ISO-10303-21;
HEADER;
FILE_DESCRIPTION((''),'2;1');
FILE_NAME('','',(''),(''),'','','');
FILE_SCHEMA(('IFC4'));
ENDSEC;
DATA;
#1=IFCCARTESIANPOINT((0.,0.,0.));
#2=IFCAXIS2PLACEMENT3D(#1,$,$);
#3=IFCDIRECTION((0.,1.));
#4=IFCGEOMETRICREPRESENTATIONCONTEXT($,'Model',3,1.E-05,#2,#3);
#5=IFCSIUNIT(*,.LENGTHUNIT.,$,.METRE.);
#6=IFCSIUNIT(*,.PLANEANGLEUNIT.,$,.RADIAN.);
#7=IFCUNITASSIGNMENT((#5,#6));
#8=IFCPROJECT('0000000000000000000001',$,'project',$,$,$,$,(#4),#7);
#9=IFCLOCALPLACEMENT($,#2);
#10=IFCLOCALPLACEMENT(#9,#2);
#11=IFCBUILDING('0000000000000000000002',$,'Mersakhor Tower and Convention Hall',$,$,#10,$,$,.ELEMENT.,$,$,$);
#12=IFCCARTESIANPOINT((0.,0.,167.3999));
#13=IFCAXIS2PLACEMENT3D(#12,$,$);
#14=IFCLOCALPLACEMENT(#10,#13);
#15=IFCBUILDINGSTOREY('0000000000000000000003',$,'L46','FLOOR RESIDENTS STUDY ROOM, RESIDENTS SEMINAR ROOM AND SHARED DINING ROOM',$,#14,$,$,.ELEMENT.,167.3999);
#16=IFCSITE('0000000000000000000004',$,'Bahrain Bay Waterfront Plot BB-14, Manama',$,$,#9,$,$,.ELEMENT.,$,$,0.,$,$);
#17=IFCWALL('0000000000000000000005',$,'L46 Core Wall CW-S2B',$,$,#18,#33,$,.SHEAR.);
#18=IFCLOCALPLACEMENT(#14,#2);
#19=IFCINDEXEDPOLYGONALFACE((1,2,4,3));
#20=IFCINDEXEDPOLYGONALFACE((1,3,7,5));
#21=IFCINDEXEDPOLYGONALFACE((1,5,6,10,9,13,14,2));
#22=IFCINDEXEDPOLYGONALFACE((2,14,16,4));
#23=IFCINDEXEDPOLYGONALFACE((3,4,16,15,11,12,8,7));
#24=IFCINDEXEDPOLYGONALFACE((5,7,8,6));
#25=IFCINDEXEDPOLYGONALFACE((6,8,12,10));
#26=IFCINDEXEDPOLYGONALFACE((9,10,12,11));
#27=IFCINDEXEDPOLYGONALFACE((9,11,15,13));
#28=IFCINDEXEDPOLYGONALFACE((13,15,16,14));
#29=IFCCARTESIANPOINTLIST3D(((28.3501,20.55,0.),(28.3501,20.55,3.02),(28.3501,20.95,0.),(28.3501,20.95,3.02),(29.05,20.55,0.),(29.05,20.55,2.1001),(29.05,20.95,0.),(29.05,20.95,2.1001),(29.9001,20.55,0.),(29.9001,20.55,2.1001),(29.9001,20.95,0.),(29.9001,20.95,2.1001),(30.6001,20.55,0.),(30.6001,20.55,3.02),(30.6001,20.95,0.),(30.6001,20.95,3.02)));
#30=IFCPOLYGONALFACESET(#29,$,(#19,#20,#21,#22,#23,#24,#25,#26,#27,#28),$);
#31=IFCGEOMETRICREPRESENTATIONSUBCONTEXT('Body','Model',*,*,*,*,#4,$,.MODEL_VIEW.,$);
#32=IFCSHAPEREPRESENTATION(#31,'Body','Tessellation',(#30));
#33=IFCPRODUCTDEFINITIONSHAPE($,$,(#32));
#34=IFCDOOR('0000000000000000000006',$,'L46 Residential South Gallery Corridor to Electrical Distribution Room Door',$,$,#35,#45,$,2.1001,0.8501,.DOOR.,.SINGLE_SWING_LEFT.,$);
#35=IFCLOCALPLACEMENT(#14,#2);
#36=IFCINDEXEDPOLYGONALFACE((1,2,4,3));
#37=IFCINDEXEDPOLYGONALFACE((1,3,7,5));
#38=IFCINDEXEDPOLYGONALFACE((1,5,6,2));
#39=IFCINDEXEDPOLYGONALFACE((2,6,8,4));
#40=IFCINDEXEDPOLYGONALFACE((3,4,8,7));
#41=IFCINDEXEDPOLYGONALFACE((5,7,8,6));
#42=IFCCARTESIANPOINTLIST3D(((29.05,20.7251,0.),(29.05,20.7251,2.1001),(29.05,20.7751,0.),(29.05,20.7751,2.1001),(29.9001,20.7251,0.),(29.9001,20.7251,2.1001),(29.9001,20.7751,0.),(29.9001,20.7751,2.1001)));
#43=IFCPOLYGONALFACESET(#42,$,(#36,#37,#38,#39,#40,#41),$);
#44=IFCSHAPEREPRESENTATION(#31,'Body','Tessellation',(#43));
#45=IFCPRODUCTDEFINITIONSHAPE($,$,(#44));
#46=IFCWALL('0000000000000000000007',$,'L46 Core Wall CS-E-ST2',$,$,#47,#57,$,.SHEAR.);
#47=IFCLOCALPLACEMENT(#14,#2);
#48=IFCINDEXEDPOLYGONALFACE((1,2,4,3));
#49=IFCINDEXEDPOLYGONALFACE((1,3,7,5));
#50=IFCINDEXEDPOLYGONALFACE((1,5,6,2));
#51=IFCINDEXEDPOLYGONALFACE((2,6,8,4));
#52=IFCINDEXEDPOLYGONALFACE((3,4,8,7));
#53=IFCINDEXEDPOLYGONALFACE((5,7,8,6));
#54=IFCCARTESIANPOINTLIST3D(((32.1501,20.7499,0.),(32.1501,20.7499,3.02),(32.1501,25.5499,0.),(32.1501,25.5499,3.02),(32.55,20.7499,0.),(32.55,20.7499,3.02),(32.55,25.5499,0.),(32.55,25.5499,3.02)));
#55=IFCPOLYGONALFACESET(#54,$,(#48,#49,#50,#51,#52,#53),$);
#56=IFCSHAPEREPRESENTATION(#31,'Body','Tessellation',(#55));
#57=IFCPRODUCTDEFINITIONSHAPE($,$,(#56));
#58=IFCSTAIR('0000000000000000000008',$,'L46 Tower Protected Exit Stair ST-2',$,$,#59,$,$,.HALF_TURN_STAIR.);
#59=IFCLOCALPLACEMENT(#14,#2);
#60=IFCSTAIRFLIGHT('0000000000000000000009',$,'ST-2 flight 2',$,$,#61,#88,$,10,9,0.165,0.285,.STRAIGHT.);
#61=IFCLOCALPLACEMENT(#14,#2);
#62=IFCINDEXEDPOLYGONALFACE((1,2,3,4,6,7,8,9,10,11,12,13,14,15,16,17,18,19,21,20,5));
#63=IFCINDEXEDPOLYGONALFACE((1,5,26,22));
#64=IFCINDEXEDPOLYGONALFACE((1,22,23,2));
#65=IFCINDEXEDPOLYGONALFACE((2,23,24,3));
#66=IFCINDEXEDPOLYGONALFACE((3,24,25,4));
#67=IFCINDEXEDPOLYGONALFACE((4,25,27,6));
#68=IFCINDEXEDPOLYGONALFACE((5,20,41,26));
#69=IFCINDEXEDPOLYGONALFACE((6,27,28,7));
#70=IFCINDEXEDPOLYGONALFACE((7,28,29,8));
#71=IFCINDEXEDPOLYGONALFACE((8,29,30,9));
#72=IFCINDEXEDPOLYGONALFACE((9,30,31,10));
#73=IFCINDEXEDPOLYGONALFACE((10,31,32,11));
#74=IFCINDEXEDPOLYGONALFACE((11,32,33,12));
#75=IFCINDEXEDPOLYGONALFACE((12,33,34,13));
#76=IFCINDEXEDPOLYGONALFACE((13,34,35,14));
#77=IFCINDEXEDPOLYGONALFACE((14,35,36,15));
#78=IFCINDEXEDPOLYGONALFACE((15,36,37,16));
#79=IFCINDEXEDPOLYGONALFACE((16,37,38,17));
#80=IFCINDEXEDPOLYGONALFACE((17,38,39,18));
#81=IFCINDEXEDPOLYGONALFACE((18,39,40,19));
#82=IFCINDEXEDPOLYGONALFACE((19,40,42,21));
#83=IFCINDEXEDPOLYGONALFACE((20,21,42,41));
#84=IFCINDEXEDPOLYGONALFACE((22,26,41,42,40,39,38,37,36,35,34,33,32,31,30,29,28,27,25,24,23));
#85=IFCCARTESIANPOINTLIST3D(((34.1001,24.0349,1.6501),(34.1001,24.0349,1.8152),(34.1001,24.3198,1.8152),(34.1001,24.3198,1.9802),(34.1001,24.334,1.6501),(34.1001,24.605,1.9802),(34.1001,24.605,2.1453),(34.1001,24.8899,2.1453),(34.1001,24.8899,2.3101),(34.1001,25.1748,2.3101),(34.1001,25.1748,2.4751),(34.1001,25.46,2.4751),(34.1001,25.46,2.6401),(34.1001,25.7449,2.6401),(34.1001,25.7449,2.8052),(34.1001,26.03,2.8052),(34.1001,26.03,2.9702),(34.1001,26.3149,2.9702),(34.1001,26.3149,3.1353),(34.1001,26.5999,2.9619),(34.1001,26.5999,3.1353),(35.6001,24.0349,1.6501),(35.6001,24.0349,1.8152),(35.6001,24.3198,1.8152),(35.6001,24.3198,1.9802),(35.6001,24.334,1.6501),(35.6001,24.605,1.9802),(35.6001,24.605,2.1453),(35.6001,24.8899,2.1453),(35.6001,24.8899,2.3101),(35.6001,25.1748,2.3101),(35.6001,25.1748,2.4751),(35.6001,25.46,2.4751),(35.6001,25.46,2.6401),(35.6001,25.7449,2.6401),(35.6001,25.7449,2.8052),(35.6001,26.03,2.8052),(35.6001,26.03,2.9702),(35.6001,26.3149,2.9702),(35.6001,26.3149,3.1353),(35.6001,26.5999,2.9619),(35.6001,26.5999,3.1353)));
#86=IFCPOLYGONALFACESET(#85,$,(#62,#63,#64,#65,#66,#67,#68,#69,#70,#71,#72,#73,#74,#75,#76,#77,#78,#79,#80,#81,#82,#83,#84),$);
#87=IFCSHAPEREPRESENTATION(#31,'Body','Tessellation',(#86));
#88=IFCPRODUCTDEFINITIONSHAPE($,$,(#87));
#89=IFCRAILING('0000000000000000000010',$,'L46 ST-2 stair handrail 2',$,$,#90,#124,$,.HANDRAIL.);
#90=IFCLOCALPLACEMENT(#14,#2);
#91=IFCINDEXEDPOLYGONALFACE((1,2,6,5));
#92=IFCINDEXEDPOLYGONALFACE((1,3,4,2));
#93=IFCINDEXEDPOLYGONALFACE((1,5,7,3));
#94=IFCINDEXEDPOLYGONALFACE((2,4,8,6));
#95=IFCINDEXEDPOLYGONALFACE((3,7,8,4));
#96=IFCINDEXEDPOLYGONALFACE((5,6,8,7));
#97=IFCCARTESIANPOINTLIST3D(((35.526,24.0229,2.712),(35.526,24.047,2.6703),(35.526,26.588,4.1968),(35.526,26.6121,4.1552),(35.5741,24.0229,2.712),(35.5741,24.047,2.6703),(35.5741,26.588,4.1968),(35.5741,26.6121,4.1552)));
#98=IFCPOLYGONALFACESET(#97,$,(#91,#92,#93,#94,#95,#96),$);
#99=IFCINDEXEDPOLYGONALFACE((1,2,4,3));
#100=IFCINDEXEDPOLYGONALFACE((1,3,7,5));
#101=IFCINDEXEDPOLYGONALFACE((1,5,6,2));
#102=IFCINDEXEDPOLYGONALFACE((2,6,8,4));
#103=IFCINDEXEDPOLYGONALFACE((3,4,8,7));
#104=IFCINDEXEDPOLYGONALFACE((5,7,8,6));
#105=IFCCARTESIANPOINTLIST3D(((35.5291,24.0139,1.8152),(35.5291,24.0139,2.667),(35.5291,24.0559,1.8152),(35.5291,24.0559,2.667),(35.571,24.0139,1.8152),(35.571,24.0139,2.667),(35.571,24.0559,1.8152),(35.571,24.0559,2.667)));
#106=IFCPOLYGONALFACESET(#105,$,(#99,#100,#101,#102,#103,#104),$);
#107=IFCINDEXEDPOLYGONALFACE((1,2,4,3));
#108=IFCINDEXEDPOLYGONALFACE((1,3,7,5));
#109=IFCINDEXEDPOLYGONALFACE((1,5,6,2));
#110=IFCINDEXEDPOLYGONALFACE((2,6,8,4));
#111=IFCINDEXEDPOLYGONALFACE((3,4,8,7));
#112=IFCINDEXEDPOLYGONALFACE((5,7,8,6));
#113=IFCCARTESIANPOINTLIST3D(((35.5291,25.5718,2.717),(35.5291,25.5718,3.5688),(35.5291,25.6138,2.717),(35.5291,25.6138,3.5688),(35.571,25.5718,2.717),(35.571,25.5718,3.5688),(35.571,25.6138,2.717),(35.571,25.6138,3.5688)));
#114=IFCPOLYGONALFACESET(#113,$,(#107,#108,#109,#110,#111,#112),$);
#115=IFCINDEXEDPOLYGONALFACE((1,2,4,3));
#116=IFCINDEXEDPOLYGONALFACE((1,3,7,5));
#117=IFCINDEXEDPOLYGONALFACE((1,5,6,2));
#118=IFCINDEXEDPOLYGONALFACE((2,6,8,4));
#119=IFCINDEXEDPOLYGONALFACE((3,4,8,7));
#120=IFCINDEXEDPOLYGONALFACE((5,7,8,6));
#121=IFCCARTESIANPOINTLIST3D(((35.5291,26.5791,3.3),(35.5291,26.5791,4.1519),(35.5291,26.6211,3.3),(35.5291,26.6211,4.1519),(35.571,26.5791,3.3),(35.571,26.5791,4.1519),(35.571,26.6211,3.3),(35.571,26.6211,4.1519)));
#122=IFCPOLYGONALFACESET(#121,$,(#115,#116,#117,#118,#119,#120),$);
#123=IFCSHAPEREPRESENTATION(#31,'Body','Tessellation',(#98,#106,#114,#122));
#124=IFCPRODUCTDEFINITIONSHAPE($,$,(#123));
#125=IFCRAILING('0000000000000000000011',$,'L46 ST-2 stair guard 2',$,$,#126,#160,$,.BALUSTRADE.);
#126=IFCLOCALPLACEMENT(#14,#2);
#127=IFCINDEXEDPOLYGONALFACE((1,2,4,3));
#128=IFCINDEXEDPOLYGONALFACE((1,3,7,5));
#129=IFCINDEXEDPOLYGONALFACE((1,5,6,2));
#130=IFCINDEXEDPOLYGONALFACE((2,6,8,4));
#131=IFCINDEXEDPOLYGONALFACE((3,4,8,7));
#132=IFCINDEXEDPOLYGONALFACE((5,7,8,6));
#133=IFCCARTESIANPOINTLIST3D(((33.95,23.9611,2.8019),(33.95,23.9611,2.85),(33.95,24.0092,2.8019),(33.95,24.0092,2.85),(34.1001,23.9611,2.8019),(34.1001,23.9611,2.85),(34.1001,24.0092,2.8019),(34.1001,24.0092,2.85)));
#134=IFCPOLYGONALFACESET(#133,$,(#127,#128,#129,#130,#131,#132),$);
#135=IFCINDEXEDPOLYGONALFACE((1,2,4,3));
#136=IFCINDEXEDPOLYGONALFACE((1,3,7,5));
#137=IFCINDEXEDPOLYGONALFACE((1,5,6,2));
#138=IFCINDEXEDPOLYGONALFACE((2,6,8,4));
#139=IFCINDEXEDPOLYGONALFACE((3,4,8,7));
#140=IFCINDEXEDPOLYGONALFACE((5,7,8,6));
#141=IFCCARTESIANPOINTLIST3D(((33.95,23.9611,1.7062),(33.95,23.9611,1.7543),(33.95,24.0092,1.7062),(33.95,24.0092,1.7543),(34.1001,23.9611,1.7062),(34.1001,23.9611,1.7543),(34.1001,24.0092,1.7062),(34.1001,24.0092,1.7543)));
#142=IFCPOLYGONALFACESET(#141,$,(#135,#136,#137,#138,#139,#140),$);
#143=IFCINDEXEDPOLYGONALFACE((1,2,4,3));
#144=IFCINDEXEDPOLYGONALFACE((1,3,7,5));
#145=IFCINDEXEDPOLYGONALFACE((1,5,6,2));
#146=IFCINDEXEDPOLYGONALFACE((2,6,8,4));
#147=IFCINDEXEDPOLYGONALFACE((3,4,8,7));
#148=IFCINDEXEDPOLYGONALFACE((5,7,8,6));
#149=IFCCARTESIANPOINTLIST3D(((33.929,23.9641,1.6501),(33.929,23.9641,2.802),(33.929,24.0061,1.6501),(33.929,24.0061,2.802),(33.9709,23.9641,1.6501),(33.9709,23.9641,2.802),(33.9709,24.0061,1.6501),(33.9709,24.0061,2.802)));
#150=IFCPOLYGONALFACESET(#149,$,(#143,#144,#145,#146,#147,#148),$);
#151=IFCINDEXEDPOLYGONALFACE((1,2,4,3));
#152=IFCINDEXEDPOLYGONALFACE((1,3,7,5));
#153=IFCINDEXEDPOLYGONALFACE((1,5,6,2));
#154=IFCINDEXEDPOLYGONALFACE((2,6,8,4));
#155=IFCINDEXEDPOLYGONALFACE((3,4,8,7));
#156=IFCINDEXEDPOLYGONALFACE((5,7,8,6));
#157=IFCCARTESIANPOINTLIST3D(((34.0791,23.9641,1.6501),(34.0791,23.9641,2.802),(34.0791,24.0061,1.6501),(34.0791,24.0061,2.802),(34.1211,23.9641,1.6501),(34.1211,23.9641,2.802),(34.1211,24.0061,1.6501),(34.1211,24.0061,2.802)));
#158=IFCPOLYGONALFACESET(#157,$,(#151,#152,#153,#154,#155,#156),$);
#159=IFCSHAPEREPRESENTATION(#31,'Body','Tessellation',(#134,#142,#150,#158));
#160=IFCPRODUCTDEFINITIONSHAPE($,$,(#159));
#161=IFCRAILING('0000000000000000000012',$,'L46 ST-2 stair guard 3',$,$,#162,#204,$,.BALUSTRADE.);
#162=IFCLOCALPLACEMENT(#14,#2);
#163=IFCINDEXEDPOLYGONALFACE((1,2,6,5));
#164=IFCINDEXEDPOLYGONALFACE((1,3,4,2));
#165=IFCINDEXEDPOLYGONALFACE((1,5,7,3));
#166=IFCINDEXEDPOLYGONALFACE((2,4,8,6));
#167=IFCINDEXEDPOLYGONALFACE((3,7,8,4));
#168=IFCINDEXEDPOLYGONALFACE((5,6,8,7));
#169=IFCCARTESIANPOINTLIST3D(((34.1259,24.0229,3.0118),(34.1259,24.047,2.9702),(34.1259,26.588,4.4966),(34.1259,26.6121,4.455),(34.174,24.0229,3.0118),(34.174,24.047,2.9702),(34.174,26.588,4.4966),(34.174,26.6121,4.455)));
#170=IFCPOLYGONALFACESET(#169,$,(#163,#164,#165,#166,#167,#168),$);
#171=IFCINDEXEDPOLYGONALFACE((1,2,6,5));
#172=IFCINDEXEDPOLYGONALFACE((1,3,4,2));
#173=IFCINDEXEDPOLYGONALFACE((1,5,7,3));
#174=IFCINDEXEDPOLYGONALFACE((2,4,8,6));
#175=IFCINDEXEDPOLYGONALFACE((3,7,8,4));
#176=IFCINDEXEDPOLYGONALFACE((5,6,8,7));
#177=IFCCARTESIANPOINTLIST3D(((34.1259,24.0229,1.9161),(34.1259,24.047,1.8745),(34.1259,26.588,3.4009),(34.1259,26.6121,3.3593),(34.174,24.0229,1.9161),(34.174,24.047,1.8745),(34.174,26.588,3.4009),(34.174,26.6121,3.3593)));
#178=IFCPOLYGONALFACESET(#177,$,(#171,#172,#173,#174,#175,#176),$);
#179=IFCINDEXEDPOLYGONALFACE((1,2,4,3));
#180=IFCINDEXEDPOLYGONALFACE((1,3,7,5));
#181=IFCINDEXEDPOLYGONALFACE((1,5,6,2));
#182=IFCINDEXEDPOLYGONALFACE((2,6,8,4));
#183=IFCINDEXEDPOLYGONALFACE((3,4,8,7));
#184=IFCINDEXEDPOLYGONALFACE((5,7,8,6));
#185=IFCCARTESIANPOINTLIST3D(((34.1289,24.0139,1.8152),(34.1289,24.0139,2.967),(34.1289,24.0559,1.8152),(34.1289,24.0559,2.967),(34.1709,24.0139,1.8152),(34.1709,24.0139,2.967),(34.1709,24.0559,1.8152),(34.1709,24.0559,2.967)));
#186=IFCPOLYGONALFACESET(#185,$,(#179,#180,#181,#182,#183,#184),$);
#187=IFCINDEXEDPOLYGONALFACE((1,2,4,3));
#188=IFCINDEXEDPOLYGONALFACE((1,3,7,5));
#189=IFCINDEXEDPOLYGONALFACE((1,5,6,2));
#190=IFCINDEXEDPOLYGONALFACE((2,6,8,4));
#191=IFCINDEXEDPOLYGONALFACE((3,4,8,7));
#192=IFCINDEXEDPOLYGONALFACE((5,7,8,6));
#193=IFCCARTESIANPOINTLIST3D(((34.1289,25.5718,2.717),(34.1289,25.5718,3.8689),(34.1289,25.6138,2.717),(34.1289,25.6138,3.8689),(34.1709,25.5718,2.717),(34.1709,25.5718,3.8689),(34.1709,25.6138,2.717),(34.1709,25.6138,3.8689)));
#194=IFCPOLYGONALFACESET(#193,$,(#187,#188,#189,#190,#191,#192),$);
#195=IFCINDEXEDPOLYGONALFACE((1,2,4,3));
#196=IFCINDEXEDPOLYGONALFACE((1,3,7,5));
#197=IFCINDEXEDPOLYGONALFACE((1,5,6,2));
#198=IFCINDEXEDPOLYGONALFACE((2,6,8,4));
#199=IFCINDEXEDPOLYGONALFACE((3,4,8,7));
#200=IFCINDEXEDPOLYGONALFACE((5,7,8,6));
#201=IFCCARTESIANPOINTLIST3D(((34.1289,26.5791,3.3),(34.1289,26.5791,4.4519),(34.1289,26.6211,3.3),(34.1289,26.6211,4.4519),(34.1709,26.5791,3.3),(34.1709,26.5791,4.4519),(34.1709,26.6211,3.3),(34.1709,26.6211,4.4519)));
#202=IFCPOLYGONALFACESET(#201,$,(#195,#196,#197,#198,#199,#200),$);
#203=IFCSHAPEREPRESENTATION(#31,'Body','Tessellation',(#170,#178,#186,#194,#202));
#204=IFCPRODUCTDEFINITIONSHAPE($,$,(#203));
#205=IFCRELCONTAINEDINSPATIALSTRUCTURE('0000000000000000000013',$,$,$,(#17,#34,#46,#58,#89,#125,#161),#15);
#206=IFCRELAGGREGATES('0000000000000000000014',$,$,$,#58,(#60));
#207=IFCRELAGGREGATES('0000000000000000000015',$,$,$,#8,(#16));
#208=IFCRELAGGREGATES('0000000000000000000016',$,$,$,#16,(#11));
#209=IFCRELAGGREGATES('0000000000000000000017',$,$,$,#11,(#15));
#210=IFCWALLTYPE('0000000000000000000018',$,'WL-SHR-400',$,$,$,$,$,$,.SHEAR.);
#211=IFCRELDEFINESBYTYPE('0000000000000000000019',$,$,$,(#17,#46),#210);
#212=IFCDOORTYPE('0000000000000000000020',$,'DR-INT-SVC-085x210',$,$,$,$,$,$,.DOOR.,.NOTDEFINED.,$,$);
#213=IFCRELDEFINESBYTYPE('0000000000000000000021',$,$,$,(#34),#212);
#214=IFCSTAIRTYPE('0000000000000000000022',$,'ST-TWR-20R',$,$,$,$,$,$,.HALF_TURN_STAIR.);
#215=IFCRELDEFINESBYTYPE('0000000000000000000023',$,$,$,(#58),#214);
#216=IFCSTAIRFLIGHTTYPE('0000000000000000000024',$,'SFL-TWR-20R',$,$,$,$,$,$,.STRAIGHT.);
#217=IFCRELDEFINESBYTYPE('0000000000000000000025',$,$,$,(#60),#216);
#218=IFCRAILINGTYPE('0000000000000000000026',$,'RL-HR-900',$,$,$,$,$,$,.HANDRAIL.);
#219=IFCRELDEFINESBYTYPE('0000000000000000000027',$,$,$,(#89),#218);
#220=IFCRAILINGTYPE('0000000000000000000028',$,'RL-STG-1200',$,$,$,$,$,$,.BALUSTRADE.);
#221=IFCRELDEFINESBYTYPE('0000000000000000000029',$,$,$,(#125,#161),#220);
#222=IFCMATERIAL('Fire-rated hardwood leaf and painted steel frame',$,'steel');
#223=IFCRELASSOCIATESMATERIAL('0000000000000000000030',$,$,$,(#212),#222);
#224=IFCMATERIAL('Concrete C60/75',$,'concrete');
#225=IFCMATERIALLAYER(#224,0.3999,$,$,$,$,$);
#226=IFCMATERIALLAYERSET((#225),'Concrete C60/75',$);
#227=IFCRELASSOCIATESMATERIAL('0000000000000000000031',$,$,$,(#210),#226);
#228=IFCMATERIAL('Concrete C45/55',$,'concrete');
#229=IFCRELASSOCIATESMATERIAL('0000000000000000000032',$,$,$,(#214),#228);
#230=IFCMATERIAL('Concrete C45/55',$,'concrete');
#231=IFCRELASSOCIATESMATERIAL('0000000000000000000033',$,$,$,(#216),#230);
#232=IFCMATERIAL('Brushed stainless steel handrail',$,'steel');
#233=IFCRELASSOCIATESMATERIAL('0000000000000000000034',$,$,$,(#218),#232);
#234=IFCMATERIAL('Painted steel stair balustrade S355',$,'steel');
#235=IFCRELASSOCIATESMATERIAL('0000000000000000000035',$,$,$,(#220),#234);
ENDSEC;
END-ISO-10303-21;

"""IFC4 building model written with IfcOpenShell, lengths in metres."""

from ifc_helpers import new_model, si_unit, direction, frame, frame_2d, origin, origin_2d, place, context, subcontext, project, spatial, polyline, rectangle, outline, extrude, material, layer, layer_set, type_object, element, fill, aggregate, save


model = new_model("IFC4")

# Units and contexts
model_context = context("Model", 3, precision=1e-05, world=origin(), true_north=direction((0.0, 1.0)))
body_context = subcontext(model_context, "Body", "Model", "MODEL_VIEW")
ifc_project = project(units=[si_unit("LENGTHUNIT", "METRE"), si_unit("PLANEANGLEUNIT", "RADIAN")], contexts=[model_context])

# Site, building, storey
site_placement = place(None, origin())
site = spatial("IfcSite", under=ifc_project, at=site_placement, Name="Bahrain Bay Waterfront Plot BB-14, Manama", CompositionType="ELEMENT", RefElevation=0.0)
building_placement = place(site_placement, origin())
building = spatial("IfcBuilding", under=site, at=building_placement, Name="Mersakhor Tower and Convention Hall", CompositionType="ELEMENT")
storey_placement = place(building_placement, frame((0.0, 0.0, 167.3999)))
storey = spatial("IfcBuildingStorey", under=building, at=storey_placement, Name="L46", Description="FLOOR RESIDENTS STUDY ROOM, RESIDENTS SEMINAR ROOM AND SHARED DINING ROOM", CompositionType="ELEMENT", Elevation=167.3999)

# Shared definitions
ifc_material_1 = material(Name="Fire-rated hardwood leaf and painted steel frame", Category="steel")
door_type_1 = type_object("IfcDoorType", Name="DR-INT-SVC-085x210", OperationType="NOTDEFINED", PredefinedType="DOOR", material=ifc_material_1)

# Shared definitions
ifc_material_2 = material(Name="Concrete C60/75", Category="concrete")
ifc_layer_1 = layer(ifc_material_2, 0.3999)
ifc_layer_set_1 = layer_set([ifc_layer_1], Name="Concrete C60/75")
wall_type_1 = type_object("IfcWallType", Name="WL-SHR-400", PredefinedType="SHEAR", material=ifc_layer_set_1)

# Wall, opening, door
wall_1_placement = place(storey_placement, frame((30.6001, 20.75, 0.0), z_axis=(0.0, 0.0, 1.0), x_axis=(-1.0, 0.0, 0.0)))
wall_1 = element("IfcWall", 1, at=wall_1_placement, inside=storey, type_object=wall_type_1, Name="L46 Core Wall CW-S2B", PredefinedType="SHEAR", context=body_context, shape_type="SweptSolid", body=[
    extrude(rectangle(XDim=2.25, YDim=0.3999, at=frame_2d((1.125, 0.0))), origin(), (0.0, 0.0, 1.0), 3.02),
])
opening_1_placement = place(wall_1_placement, frame((0.7, 0.0, 0.0)))
opening_1 = element("IfcOpeningElement", 2, at=opening_1_placement, cuts=wall_1, PredefinedType="OPENING", context=body_context, shape_type="SweptSolid", body=[
    extrude(rectangle(XDim=0.8501, YDim=2.1001, at=frame_2d((0.425, 1.05))), frame((0.0, 0.21, 0.0), z_axis=(0.0, -1.0, 0.0), x_axis=(1.0, 0.0, 0.0)), (0.0, 0.0, 1.0), 0.4199),
])
door_1_placement = place(opening_1_placement, origin())
door_1 = element("IfcDoor", 3, at=door_1_placement, inside=storey, type_object=door_type_1, Name="L46 Residential South Gallery Corridor to Electrical Distribution Room Door", OperationType="SINGLE_SWING_LEFT", OverallHeight=2.1001, OverallWidth=0.8501, PredefinedType="DOOR", context=body_context, shape_type="SweptSolid", body=[
    extrude(rectangle(XDim=0.8501, YDim=2.1001, at=frame_2d((0.425, 1.05))), frame((0.0, 0.0249, 0.0), z_axis=(0.0, -1.0, 0.0), x_axis=(1.0, 0.0, 0.0)), (0.0, 0.0, 1.0), 0.05),
])
fill(opening_1, door_1)

# Wall
wall_2_placement = place(storey_placement, frame((32.3501, 20.75, 0.0), z_axis=(0.0, 0.0, 1.0), x_axis=(0.0, 1.0, 0.0)))
element("IfcWall", 4, at=wall_2_placement, inside=storey, type_object=wall_type_1, Name="L46 Core Wall CS-E-ST2", PredefinedType="SHEAR", context=body_context, shape_type="SweptSolid", body=[
    extrude(rectangle(XDim=4.8, YDim=0.3999, at=frame_2d((2.3999, 0.0))), origin(), (0.0, 0.0, 1.0), 3.02),
])

# Stair, stair flight
ifc_material_3 = material(Name="Concrete C45/55", Category="concrete")
stair_type = type_object("IfcStairType", Name="ST-TWR-20R", PredefinedType="HALF_TURN_STAIR", material=ifc_material_3)
stair_placement = place(storey_placement, origin())
stair = element("IfcStair", 5, at=stair_placement, inside=storey, type_object=stair_type, Name="L46 Tower Protected Exit Stair ST-2", PredefinedType="HALF_TURN_STAIR")
ifc_material_4 = material(Name="Concrete C45/55", Category="concrete")
stair_flight_type = type_object("IfcStairFlightType", Name="SFL-TWR-20R", PredefinedType="STRAIGHT", material=ifc_material_4)
stair_flight_placement = place(storey_placement, frame((34.8501, 24.0349, 1.6501), z_axis=(0.0, 0.0, 1.0), x_axis=(0.0, 1.0, 0.0)))
stair_flight = element("IfcStairFlight", 6, at=stair_flight_placement, type_object=stair_flight_type, Name="ST-2 flight 2", NumberOfRisers=10, NumberOfTreads=9, PredefinedType="STRAIGHT", RiserHeight=0.165, TreadLength=0.285, context=body_context, shape_type="SweptSolid", body=[
    extrude(outline(polyline([(0.0, 0.0), (0.0, 0.165), (0.2849, 0.165), (0.2849, 0.3301), (0.5701, 0.3301), (0.5701, 0.4951), (0.855, 0.4951), (0.855, 0.6599), (1.1399, 0.6599), (1.1399, 0.825), (1.425, 0.825), (1.425, 0.99), (1.71, 0.99), (1.71, 1.155), (1.9951, 1.155), (1.9951, 1.3201), (2.28, 1.3201), (2.28, 1.4851), (2.5649, 1.4851), (2.5649, 1.6499), (2.5649, 1.3118), (0.2991, 0.0), (0.0, 0.0)])), frame((0.0, 0.75, 0.0), z_axis=(0.0, -1.0, 0.0), x_axis=(1.0, 0.0, 0.0)), (0.0, 0.0, 1.0), 1.5),
])
aggregate(stair, [stair_flight])

# Railings
ifc_material_5 = material(Name="Brushed stainless steel handrail", Category="steel")
railing_type_1 = type_object("IfcRailingType", Name="RL-HR-900", PredefinedType="HANDRAIL", material=ifc_material_5)
railing_1_placement = place(storey_placement, frame((35.55, 24.0349, 1.8152)))
element("IfcRailing", 7, at=railing_1_placement, inside=storey, type_object=railing_type_1, Name="L46 ST-2 stair handrail 2", PredefinedType="HANDRAIL", context=body_context, shape_type="SweptSolid", body=[
    extrude(rectangle(XDim=0.0481, YDim=0.0481, at=origin_2d()), frame((0.0, 0.0, 0.876), z_axis=(0.0, 0.865462, 0.500975), x_axis=(-1.0, 0.0, 0.0)), (0.0, 0.0, 1.0), 2.9639),
    extrude(rectangle(XDim=0.042, YDim=0.042, at=origin_2d()), origin(), (0.0, 0.0, 1.0), 0.8518),
    extrude(rectangle(XDim=0.042, YDim=0.042, at=origin_2d()), frame((0.0, 1.5579, 0.9019)), (0.0, 0.0, 1.0), 0.8518),
    extrude(rectangle(XDim=0.042, YDim=0.042, at=origin_2d()), frame((0.0, 2.5652, 1.4849)), (0.0, 0.0, 1.0), 0.8518),
])
ifc_material_6 = material(Name="Painted steel stair balustrade S355", Category="steel")
railing_type_2 = type_object("IfcRailingType", Name="RL-STG-1200", PredefinedType="BALUSTRADE", material=ifc_material_6)
railing_2_placement = place(storey_placement, frame((33.95, 23.9851, 1.6501)))
element("IfcRailing", 8, at=railing_2_placement, inside=storey, type_object=railing_type_2, Name="L46 ST-2 stair guard 2", PredefinedType="BALUSTRADE", context=body_context, shape_type="SweptSolid", body=[
    extrude(rectangle(XDim=0.0481, YDim=0.0481, at=origin_2d()), frame((0.0, 0.0, 1.1758), z_axis=(1.0, 0.0, 0.0), x_axis=(0.0, 1.0, 0.0)), (0.0, 0.0, 1.0), 0.1501),
    extrude(rectangle(XDim=0.0481, YDim=0.0481, at=origin_2d()), frame((0.0, 0.0, 0.0801), z_axis=(1.0, 0.0, 0.0), x_axis=(0.0, 1.0, 0.0)), (0.0, 0.0, 1.0), 0.1501),
    extrude(rectangle(XDim=0.042, YDim=0.042, at=origin_2d()), origin(), (0.0, 0.0, 1.0), 1.1519),
    extrude(rectangle(XDim=0.042, YDim=0.042, at=origin_2d()), frame((0.1501, 0.0, 0.0)), (0.0, 0.0, 1.0), 1.1519),
])
railing_3_placement = place(storey_placement, frame((34.1499, 24.0349, 1.8152)))
element("IfcRailing", 9, at=railing_3_placement, inside=storey, type_object=railing_type_2, Name="L46 ST-2 stair guard 3", PredefinedType="BALUSTRADE", context=body_context, shape_type="SweptSolid", body=[
    extrude(rectangle(XDim=0.0481, YDim=0.0481, at=origin_2d()), frame((0.0, 0.0, 1.1758), z_axis=(0.0, 0.865462, 0.500975), x_axis=(-1.0, 0.0, 0.0)), (0.0, 0.0, 1.0), 2.9639),
    extrude(rectangle(XDim=0.0481, YDim=0.0481, at=origin_2d()), frame((0.0, 0.0, 0.0801), z_axis=(0.0, 0.865462, 0.500975), x_axis=(-1.0, 0.0, 0.0)), (0.0, 0.0, 1.0), 2.9639),
    extrude(rectangle(XDim=0.042, YDim=0.042, at=origin_2d()), origin(), (0.0, 0.0, 1.0), 1.1519),
    extrude(rectangle(XDim=0.042, YDim=0.042, at=origin_2d()), frame((0.0, 1.5579, 0.9019)), (0.0, 0.0, 1.0), 1.1519),
    extrude(rectangle(XDim=0.042, YDim=0.042, at=origin_2d()), frame((0.0, 2.5652, 1.4849)), (0.0, 0.0, 1.0), 1.1519),
])

save(model, "model.ifc")
